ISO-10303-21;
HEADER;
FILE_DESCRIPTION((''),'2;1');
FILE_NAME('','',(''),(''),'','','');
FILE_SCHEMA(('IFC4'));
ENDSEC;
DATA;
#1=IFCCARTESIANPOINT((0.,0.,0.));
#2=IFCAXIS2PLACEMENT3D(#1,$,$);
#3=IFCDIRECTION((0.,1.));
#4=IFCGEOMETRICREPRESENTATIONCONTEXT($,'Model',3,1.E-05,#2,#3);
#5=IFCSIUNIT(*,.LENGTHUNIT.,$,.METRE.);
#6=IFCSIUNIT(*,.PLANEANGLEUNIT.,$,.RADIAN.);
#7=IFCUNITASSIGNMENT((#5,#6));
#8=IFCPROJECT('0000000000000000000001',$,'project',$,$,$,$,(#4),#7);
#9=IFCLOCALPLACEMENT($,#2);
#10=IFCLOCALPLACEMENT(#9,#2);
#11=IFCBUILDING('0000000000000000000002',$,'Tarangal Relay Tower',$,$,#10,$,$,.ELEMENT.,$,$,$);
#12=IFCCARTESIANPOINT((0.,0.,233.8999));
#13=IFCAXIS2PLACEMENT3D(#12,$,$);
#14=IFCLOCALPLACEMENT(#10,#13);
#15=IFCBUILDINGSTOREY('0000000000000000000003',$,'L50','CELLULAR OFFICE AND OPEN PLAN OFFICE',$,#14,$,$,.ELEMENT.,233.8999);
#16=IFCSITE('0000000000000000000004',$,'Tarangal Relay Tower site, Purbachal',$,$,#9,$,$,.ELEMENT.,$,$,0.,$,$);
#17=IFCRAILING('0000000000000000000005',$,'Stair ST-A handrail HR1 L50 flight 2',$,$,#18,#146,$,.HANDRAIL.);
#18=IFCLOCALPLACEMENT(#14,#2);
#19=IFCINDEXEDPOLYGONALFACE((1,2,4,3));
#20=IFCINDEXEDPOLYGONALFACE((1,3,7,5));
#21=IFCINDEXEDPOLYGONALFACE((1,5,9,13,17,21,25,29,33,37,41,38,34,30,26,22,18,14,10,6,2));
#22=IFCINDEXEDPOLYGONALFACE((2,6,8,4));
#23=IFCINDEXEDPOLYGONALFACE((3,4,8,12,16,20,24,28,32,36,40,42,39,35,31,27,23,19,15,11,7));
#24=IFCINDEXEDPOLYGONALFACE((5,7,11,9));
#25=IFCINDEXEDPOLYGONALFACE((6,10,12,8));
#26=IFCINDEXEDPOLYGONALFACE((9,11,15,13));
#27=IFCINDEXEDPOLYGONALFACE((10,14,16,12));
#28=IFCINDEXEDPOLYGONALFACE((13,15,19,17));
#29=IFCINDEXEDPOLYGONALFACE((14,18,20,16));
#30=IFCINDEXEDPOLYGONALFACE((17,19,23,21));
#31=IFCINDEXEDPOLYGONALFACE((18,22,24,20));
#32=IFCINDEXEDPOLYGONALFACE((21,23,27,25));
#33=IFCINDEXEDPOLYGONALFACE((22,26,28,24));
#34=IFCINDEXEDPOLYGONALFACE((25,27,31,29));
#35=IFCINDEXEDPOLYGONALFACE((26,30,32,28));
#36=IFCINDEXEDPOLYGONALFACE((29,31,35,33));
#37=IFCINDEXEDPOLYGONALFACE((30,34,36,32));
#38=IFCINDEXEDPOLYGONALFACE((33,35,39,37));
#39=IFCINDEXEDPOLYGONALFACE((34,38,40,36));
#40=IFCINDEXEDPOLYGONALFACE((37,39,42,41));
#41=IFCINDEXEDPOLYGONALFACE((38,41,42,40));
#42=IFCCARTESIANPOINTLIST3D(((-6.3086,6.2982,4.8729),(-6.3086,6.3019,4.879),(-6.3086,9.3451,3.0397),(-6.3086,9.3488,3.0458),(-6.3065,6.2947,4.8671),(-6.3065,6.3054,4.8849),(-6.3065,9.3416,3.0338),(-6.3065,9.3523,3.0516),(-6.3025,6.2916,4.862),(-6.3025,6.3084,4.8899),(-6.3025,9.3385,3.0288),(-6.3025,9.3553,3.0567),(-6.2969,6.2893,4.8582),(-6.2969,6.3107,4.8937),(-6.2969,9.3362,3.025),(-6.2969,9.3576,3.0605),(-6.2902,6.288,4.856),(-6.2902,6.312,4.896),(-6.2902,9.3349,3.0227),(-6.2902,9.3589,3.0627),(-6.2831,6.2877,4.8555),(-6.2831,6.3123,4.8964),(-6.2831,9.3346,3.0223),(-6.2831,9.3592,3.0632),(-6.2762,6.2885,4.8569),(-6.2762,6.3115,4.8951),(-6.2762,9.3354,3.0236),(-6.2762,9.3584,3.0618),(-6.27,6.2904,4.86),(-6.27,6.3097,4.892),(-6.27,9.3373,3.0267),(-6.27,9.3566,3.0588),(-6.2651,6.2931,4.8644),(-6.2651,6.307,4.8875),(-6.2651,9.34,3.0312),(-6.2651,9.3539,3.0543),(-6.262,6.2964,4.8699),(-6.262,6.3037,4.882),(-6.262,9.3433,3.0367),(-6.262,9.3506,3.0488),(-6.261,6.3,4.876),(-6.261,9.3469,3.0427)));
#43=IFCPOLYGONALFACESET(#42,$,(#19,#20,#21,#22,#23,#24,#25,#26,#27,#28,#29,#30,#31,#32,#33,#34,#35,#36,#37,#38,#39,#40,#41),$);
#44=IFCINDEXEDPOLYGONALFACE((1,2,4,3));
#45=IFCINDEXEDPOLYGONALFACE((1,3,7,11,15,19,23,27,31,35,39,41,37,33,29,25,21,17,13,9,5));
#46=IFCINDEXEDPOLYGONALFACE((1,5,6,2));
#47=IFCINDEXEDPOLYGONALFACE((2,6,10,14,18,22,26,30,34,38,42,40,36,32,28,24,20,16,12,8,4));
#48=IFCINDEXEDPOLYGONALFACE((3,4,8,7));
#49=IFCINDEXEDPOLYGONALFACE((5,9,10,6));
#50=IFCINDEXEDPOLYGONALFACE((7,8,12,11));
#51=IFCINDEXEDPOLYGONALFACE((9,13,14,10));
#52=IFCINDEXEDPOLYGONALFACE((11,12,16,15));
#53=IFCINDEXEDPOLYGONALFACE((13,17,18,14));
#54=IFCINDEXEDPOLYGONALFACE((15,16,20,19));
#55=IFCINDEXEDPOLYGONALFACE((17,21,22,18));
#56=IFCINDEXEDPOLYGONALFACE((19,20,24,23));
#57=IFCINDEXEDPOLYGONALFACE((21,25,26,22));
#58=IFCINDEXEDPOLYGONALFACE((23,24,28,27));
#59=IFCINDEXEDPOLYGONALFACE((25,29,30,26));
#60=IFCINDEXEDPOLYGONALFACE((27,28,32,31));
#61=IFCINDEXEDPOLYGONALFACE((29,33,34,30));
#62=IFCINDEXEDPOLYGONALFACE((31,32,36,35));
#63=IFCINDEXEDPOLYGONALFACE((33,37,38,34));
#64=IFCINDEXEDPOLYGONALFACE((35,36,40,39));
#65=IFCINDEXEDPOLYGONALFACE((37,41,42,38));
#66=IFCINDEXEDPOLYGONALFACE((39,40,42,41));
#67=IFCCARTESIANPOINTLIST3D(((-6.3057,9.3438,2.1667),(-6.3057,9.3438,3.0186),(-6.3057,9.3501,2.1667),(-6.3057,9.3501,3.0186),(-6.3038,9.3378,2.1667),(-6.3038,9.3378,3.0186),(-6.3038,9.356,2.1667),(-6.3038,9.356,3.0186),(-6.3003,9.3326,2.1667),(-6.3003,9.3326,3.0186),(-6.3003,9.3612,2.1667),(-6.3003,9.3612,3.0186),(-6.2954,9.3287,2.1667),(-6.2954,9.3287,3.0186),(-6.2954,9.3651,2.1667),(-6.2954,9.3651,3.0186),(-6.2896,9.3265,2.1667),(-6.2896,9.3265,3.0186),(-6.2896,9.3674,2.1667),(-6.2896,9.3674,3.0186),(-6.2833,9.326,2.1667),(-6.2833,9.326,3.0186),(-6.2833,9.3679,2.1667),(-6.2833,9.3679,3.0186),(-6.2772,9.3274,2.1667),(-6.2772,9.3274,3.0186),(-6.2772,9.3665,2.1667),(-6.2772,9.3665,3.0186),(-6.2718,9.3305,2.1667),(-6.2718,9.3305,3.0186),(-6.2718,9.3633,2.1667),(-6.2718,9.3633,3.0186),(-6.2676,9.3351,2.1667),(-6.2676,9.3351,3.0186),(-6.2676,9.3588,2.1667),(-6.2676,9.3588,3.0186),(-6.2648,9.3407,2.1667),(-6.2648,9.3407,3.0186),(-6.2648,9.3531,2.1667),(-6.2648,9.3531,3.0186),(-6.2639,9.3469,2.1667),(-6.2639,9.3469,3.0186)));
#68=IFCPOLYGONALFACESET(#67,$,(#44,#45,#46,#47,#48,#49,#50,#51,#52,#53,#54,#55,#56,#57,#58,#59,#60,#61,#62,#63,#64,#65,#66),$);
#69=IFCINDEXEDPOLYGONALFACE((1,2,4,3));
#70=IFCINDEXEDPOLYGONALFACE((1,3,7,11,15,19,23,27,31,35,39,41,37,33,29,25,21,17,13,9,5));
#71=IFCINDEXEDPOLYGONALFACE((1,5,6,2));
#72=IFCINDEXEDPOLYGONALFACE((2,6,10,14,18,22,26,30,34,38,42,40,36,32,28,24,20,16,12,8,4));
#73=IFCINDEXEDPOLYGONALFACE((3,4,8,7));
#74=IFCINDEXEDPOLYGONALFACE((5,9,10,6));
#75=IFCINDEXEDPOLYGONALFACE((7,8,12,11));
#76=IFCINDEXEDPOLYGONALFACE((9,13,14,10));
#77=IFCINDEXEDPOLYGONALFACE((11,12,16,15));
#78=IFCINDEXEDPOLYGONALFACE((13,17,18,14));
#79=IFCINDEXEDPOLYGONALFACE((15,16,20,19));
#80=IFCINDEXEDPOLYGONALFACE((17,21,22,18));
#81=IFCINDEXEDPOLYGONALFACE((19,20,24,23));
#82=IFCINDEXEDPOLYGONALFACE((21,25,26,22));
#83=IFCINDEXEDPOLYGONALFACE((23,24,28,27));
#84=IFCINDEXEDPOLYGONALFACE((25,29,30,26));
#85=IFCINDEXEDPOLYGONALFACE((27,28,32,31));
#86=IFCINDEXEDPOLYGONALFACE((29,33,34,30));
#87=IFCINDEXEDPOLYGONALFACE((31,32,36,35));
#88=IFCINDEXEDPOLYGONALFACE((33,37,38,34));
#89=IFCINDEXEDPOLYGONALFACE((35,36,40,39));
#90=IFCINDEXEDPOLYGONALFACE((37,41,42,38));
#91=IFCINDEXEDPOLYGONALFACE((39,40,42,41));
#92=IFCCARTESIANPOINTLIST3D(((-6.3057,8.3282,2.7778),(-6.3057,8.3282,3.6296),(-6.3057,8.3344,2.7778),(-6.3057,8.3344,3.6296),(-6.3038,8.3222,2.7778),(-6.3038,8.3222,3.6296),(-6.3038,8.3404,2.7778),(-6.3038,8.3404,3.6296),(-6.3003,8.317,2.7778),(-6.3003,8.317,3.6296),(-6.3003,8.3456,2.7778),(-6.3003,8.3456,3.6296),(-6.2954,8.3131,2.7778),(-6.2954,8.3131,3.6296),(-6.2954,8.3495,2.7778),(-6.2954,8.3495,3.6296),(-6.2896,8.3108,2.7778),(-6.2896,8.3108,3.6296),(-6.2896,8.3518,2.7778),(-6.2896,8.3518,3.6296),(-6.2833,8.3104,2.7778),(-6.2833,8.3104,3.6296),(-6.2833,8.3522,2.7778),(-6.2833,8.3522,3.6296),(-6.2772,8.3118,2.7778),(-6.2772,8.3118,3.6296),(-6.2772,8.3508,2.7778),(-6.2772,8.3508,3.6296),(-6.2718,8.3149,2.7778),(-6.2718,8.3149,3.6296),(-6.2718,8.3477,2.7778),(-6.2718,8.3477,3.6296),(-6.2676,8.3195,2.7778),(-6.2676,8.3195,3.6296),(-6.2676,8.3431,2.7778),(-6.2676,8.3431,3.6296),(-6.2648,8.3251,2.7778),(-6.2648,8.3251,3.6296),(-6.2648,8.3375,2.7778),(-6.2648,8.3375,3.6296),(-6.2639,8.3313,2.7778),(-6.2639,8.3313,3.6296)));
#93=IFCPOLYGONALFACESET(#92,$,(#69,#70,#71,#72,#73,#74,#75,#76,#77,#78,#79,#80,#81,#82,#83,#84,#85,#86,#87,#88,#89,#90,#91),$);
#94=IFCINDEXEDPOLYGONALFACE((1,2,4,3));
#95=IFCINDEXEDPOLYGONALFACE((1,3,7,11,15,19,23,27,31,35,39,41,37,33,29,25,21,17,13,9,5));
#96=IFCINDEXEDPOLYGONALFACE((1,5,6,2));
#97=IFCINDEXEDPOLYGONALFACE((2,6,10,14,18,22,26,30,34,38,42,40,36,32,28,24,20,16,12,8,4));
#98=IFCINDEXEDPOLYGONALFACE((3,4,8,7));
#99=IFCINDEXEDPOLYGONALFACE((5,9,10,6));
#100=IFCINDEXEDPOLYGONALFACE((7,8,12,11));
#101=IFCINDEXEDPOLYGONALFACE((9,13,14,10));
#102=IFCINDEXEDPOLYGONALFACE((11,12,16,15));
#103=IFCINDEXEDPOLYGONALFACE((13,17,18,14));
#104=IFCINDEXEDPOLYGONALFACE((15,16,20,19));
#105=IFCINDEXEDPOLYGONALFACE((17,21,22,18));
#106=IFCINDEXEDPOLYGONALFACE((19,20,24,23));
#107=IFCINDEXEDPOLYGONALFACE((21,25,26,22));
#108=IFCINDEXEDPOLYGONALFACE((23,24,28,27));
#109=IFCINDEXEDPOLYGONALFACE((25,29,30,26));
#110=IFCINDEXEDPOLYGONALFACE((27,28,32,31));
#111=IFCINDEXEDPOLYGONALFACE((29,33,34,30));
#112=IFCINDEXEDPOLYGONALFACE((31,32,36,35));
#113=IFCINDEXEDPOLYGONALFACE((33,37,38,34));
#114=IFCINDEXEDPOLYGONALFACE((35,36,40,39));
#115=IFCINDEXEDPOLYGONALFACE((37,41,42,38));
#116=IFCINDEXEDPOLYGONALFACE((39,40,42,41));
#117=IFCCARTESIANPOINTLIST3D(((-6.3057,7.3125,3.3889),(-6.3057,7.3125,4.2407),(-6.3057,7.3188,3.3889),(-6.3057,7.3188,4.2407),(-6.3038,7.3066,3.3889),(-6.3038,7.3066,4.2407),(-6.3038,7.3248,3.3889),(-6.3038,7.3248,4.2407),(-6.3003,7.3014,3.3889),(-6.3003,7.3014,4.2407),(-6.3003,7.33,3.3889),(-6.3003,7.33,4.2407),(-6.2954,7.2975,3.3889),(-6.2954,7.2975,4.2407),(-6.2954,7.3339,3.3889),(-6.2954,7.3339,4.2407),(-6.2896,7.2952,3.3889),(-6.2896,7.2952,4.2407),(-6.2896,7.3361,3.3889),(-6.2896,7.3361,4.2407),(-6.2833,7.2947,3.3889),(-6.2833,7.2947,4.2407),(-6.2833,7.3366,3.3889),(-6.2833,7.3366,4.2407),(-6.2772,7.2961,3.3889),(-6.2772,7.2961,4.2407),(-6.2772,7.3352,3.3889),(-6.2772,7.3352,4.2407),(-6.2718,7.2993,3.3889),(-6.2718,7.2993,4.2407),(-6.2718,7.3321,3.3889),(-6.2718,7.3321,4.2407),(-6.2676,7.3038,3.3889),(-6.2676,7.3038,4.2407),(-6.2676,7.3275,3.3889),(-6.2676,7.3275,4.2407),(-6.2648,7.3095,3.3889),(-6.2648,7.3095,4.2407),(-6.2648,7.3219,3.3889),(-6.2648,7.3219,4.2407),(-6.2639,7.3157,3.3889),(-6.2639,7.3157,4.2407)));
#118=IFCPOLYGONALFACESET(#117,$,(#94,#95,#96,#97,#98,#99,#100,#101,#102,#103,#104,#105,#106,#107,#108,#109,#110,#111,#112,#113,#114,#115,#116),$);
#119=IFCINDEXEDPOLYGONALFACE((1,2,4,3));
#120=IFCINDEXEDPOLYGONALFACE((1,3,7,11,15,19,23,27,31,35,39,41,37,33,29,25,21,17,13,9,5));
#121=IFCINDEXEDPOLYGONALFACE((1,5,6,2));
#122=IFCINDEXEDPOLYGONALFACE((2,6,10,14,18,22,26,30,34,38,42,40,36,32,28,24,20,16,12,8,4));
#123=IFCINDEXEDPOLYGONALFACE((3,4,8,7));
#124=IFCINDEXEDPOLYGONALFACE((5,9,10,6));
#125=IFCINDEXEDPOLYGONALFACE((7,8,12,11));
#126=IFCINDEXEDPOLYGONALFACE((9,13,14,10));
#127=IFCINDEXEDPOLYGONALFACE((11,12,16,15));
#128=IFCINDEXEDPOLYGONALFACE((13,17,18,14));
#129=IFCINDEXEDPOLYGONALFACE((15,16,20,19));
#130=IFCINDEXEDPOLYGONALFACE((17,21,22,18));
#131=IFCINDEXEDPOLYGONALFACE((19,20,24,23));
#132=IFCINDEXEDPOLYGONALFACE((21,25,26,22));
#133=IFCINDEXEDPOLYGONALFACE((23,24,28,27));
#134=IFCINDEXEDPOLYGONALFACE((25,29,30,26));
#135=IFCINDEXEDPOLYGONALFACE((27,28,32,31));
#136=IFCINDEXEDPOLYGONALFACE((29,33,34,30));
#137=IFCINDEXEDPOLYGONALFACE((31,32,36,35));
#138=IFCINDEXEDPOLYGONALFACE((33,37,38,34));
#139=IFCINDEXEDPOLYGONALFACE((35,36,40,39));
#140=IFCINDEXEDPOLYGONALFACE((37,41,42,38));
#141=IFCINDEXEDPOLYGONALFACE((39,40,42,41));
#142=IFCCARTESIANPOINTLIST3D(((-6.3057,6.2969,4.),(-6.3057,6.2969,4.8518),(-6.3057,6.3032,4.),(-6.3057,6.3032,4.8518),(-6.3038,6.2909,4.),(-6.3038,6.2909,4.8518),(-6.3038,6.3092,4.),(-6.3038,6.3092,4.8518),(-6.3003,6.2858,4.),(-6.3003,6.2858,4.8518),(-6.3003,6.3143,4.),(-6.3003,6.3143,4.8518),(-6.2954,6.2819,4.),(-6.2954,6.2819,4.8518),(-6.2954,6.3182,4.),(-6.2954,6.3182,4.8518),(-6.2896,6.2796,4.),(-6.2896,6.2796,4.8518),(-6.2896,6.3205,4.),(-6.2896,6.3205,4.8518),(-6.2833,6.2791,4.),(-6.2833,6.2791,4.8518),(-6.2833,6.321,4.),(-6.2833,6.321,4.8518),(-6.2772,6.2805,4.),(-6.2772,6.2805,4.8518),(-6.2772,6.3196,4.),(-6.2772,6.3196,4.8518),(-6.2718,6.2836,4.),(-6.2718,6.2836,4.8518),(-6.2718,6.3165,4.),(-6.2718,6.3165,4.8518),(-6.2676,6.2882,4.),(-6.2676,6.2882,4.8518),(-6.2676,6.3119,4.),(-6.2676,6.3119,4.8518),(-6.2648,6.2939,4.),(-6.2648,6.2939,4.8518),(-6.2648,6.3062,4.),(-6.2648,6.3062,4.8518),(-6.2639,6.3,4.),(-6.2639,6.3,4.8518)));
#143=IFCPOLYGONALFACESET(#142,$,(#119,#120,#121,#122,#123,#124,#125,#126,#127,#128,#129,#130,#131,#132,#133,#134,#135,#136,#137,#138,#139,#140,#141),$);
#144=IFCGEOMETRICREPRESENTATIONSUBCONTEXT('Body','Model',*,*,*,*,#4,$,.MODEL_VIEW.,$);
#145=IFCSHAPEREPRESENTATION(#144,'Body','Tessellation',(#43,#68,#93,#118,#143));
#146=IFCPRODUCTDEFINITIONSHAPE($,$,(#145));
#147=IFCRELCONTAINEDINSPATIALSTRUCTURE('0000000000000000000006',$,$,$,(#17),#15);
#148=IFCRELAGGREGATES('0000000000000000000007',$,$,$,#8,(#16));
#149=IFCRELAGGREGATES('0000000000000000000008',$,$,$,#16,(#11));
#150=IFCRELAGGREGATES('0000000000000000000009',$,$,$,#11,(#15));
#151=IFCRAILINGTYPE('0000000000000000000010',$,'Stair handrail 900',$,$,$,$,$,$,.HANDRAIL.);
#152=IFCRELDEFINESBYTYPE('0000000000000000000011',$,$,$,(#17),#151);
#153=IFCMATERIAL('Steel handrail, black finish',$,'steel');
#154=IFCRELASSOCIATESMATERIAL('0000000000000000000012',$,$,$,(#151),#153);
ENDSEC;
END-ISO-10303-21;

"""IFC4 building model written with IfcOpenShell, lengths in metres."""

from ifc_helpers import new_model, si_unit, direction, frame, origin, origin_2d, place, context, subcontext, project, spatial, circle, extrude, material, type_object, element, save


model = new_model("IFC4")

# Units and contexts
model_context = context("Model", 3, precision=1e-05, world=origin(), true_north=direction((0.0, 1.0)))
body_context = subcontext(model_context, "Body", "Model", "MODEL_VIEW")
ifc_project = project(units=[si_unit("LENGTHUNIT", "METRE"), si_unit("PLANEANGLEUNIT", "RADIAN")], contexts=[model_context])

# Site, building, storey
site_placement = place(None, origin())
site = spatial("IfcSite", under=ifc_project, at=site_placement, Name="Tarangal Relay Tower site, Purbachal", CompositionType="ELEMENT", RefElevation=0.0)
building_placement = place(site_placement, origin())
building = spatial("IfcBuilding", under=site, at=building_placement, Name="Tarangal Relay Tower", CompositionType="ELEMENT")
storey_placement = place(building_placement, frame((0.0, 0.0, 233.8999)))
storey = spatial("IfcBuildingStorey", under=building, at=storey_placement, Name="L50", Description="CELLULAR OFFICE AND OPEN PLAN OFFICE", CompositionType="ELEMENT", Elevation=233.8999)

# Railing
ifc_material_1 = material(Name="Steel handrail, black finish", Category="steel")
railing_type_1 = type_object("IfcRailingType", Name="Stair handrail 900", PredefinedType="HANDRAIL", material=ifc_material_1)
railing_1_placement = place(storey_placement, frame((-6.2849, 9.3469, 2.1667)))
element("IfcRailing", 1, at=railing_1_placement, inside=storey, type_object=railing_type_1, Name="Stair ST-A handrail HR1 L50 flight 2", PredefinedType="HANDRAIL", context=body_context, shape_type="SweptSolid", body=[
    extrude(circle(Radius=0.0239, at=origin_2d()), frame((0.0, 0.0, 0.876), z_axis=(0.0, -0.856856, 0.515556), x_axis=(1.0, 0.0, 0.0)), (0.0, 0.0, 1.0), 3.5559),
    extrude(circle(Radius=0.021, at=origin_2d()), origin(), (0.0, 0.0, 1.0), 0.8518),
    extrude(circle(Radius=0.021, at=origin_2d()), frame((0.0, -1.0156, 0.6111)), (0.0, 0.0, 1.0), 0.8518),
    extrude(circle(Radius=0.021, at=origin_2d()), frame((0.0, -2.0312, 1.2222)), (0.0, 0.0, 1.0), 0.8518),
    extrude(circle(Radius=0.021, at=origin_2d()), frame((0.0, -3.0469, 1.8333)), (0.0, 0.0, 1.0), 0.8518),
])

save(model, "model.ifc")
